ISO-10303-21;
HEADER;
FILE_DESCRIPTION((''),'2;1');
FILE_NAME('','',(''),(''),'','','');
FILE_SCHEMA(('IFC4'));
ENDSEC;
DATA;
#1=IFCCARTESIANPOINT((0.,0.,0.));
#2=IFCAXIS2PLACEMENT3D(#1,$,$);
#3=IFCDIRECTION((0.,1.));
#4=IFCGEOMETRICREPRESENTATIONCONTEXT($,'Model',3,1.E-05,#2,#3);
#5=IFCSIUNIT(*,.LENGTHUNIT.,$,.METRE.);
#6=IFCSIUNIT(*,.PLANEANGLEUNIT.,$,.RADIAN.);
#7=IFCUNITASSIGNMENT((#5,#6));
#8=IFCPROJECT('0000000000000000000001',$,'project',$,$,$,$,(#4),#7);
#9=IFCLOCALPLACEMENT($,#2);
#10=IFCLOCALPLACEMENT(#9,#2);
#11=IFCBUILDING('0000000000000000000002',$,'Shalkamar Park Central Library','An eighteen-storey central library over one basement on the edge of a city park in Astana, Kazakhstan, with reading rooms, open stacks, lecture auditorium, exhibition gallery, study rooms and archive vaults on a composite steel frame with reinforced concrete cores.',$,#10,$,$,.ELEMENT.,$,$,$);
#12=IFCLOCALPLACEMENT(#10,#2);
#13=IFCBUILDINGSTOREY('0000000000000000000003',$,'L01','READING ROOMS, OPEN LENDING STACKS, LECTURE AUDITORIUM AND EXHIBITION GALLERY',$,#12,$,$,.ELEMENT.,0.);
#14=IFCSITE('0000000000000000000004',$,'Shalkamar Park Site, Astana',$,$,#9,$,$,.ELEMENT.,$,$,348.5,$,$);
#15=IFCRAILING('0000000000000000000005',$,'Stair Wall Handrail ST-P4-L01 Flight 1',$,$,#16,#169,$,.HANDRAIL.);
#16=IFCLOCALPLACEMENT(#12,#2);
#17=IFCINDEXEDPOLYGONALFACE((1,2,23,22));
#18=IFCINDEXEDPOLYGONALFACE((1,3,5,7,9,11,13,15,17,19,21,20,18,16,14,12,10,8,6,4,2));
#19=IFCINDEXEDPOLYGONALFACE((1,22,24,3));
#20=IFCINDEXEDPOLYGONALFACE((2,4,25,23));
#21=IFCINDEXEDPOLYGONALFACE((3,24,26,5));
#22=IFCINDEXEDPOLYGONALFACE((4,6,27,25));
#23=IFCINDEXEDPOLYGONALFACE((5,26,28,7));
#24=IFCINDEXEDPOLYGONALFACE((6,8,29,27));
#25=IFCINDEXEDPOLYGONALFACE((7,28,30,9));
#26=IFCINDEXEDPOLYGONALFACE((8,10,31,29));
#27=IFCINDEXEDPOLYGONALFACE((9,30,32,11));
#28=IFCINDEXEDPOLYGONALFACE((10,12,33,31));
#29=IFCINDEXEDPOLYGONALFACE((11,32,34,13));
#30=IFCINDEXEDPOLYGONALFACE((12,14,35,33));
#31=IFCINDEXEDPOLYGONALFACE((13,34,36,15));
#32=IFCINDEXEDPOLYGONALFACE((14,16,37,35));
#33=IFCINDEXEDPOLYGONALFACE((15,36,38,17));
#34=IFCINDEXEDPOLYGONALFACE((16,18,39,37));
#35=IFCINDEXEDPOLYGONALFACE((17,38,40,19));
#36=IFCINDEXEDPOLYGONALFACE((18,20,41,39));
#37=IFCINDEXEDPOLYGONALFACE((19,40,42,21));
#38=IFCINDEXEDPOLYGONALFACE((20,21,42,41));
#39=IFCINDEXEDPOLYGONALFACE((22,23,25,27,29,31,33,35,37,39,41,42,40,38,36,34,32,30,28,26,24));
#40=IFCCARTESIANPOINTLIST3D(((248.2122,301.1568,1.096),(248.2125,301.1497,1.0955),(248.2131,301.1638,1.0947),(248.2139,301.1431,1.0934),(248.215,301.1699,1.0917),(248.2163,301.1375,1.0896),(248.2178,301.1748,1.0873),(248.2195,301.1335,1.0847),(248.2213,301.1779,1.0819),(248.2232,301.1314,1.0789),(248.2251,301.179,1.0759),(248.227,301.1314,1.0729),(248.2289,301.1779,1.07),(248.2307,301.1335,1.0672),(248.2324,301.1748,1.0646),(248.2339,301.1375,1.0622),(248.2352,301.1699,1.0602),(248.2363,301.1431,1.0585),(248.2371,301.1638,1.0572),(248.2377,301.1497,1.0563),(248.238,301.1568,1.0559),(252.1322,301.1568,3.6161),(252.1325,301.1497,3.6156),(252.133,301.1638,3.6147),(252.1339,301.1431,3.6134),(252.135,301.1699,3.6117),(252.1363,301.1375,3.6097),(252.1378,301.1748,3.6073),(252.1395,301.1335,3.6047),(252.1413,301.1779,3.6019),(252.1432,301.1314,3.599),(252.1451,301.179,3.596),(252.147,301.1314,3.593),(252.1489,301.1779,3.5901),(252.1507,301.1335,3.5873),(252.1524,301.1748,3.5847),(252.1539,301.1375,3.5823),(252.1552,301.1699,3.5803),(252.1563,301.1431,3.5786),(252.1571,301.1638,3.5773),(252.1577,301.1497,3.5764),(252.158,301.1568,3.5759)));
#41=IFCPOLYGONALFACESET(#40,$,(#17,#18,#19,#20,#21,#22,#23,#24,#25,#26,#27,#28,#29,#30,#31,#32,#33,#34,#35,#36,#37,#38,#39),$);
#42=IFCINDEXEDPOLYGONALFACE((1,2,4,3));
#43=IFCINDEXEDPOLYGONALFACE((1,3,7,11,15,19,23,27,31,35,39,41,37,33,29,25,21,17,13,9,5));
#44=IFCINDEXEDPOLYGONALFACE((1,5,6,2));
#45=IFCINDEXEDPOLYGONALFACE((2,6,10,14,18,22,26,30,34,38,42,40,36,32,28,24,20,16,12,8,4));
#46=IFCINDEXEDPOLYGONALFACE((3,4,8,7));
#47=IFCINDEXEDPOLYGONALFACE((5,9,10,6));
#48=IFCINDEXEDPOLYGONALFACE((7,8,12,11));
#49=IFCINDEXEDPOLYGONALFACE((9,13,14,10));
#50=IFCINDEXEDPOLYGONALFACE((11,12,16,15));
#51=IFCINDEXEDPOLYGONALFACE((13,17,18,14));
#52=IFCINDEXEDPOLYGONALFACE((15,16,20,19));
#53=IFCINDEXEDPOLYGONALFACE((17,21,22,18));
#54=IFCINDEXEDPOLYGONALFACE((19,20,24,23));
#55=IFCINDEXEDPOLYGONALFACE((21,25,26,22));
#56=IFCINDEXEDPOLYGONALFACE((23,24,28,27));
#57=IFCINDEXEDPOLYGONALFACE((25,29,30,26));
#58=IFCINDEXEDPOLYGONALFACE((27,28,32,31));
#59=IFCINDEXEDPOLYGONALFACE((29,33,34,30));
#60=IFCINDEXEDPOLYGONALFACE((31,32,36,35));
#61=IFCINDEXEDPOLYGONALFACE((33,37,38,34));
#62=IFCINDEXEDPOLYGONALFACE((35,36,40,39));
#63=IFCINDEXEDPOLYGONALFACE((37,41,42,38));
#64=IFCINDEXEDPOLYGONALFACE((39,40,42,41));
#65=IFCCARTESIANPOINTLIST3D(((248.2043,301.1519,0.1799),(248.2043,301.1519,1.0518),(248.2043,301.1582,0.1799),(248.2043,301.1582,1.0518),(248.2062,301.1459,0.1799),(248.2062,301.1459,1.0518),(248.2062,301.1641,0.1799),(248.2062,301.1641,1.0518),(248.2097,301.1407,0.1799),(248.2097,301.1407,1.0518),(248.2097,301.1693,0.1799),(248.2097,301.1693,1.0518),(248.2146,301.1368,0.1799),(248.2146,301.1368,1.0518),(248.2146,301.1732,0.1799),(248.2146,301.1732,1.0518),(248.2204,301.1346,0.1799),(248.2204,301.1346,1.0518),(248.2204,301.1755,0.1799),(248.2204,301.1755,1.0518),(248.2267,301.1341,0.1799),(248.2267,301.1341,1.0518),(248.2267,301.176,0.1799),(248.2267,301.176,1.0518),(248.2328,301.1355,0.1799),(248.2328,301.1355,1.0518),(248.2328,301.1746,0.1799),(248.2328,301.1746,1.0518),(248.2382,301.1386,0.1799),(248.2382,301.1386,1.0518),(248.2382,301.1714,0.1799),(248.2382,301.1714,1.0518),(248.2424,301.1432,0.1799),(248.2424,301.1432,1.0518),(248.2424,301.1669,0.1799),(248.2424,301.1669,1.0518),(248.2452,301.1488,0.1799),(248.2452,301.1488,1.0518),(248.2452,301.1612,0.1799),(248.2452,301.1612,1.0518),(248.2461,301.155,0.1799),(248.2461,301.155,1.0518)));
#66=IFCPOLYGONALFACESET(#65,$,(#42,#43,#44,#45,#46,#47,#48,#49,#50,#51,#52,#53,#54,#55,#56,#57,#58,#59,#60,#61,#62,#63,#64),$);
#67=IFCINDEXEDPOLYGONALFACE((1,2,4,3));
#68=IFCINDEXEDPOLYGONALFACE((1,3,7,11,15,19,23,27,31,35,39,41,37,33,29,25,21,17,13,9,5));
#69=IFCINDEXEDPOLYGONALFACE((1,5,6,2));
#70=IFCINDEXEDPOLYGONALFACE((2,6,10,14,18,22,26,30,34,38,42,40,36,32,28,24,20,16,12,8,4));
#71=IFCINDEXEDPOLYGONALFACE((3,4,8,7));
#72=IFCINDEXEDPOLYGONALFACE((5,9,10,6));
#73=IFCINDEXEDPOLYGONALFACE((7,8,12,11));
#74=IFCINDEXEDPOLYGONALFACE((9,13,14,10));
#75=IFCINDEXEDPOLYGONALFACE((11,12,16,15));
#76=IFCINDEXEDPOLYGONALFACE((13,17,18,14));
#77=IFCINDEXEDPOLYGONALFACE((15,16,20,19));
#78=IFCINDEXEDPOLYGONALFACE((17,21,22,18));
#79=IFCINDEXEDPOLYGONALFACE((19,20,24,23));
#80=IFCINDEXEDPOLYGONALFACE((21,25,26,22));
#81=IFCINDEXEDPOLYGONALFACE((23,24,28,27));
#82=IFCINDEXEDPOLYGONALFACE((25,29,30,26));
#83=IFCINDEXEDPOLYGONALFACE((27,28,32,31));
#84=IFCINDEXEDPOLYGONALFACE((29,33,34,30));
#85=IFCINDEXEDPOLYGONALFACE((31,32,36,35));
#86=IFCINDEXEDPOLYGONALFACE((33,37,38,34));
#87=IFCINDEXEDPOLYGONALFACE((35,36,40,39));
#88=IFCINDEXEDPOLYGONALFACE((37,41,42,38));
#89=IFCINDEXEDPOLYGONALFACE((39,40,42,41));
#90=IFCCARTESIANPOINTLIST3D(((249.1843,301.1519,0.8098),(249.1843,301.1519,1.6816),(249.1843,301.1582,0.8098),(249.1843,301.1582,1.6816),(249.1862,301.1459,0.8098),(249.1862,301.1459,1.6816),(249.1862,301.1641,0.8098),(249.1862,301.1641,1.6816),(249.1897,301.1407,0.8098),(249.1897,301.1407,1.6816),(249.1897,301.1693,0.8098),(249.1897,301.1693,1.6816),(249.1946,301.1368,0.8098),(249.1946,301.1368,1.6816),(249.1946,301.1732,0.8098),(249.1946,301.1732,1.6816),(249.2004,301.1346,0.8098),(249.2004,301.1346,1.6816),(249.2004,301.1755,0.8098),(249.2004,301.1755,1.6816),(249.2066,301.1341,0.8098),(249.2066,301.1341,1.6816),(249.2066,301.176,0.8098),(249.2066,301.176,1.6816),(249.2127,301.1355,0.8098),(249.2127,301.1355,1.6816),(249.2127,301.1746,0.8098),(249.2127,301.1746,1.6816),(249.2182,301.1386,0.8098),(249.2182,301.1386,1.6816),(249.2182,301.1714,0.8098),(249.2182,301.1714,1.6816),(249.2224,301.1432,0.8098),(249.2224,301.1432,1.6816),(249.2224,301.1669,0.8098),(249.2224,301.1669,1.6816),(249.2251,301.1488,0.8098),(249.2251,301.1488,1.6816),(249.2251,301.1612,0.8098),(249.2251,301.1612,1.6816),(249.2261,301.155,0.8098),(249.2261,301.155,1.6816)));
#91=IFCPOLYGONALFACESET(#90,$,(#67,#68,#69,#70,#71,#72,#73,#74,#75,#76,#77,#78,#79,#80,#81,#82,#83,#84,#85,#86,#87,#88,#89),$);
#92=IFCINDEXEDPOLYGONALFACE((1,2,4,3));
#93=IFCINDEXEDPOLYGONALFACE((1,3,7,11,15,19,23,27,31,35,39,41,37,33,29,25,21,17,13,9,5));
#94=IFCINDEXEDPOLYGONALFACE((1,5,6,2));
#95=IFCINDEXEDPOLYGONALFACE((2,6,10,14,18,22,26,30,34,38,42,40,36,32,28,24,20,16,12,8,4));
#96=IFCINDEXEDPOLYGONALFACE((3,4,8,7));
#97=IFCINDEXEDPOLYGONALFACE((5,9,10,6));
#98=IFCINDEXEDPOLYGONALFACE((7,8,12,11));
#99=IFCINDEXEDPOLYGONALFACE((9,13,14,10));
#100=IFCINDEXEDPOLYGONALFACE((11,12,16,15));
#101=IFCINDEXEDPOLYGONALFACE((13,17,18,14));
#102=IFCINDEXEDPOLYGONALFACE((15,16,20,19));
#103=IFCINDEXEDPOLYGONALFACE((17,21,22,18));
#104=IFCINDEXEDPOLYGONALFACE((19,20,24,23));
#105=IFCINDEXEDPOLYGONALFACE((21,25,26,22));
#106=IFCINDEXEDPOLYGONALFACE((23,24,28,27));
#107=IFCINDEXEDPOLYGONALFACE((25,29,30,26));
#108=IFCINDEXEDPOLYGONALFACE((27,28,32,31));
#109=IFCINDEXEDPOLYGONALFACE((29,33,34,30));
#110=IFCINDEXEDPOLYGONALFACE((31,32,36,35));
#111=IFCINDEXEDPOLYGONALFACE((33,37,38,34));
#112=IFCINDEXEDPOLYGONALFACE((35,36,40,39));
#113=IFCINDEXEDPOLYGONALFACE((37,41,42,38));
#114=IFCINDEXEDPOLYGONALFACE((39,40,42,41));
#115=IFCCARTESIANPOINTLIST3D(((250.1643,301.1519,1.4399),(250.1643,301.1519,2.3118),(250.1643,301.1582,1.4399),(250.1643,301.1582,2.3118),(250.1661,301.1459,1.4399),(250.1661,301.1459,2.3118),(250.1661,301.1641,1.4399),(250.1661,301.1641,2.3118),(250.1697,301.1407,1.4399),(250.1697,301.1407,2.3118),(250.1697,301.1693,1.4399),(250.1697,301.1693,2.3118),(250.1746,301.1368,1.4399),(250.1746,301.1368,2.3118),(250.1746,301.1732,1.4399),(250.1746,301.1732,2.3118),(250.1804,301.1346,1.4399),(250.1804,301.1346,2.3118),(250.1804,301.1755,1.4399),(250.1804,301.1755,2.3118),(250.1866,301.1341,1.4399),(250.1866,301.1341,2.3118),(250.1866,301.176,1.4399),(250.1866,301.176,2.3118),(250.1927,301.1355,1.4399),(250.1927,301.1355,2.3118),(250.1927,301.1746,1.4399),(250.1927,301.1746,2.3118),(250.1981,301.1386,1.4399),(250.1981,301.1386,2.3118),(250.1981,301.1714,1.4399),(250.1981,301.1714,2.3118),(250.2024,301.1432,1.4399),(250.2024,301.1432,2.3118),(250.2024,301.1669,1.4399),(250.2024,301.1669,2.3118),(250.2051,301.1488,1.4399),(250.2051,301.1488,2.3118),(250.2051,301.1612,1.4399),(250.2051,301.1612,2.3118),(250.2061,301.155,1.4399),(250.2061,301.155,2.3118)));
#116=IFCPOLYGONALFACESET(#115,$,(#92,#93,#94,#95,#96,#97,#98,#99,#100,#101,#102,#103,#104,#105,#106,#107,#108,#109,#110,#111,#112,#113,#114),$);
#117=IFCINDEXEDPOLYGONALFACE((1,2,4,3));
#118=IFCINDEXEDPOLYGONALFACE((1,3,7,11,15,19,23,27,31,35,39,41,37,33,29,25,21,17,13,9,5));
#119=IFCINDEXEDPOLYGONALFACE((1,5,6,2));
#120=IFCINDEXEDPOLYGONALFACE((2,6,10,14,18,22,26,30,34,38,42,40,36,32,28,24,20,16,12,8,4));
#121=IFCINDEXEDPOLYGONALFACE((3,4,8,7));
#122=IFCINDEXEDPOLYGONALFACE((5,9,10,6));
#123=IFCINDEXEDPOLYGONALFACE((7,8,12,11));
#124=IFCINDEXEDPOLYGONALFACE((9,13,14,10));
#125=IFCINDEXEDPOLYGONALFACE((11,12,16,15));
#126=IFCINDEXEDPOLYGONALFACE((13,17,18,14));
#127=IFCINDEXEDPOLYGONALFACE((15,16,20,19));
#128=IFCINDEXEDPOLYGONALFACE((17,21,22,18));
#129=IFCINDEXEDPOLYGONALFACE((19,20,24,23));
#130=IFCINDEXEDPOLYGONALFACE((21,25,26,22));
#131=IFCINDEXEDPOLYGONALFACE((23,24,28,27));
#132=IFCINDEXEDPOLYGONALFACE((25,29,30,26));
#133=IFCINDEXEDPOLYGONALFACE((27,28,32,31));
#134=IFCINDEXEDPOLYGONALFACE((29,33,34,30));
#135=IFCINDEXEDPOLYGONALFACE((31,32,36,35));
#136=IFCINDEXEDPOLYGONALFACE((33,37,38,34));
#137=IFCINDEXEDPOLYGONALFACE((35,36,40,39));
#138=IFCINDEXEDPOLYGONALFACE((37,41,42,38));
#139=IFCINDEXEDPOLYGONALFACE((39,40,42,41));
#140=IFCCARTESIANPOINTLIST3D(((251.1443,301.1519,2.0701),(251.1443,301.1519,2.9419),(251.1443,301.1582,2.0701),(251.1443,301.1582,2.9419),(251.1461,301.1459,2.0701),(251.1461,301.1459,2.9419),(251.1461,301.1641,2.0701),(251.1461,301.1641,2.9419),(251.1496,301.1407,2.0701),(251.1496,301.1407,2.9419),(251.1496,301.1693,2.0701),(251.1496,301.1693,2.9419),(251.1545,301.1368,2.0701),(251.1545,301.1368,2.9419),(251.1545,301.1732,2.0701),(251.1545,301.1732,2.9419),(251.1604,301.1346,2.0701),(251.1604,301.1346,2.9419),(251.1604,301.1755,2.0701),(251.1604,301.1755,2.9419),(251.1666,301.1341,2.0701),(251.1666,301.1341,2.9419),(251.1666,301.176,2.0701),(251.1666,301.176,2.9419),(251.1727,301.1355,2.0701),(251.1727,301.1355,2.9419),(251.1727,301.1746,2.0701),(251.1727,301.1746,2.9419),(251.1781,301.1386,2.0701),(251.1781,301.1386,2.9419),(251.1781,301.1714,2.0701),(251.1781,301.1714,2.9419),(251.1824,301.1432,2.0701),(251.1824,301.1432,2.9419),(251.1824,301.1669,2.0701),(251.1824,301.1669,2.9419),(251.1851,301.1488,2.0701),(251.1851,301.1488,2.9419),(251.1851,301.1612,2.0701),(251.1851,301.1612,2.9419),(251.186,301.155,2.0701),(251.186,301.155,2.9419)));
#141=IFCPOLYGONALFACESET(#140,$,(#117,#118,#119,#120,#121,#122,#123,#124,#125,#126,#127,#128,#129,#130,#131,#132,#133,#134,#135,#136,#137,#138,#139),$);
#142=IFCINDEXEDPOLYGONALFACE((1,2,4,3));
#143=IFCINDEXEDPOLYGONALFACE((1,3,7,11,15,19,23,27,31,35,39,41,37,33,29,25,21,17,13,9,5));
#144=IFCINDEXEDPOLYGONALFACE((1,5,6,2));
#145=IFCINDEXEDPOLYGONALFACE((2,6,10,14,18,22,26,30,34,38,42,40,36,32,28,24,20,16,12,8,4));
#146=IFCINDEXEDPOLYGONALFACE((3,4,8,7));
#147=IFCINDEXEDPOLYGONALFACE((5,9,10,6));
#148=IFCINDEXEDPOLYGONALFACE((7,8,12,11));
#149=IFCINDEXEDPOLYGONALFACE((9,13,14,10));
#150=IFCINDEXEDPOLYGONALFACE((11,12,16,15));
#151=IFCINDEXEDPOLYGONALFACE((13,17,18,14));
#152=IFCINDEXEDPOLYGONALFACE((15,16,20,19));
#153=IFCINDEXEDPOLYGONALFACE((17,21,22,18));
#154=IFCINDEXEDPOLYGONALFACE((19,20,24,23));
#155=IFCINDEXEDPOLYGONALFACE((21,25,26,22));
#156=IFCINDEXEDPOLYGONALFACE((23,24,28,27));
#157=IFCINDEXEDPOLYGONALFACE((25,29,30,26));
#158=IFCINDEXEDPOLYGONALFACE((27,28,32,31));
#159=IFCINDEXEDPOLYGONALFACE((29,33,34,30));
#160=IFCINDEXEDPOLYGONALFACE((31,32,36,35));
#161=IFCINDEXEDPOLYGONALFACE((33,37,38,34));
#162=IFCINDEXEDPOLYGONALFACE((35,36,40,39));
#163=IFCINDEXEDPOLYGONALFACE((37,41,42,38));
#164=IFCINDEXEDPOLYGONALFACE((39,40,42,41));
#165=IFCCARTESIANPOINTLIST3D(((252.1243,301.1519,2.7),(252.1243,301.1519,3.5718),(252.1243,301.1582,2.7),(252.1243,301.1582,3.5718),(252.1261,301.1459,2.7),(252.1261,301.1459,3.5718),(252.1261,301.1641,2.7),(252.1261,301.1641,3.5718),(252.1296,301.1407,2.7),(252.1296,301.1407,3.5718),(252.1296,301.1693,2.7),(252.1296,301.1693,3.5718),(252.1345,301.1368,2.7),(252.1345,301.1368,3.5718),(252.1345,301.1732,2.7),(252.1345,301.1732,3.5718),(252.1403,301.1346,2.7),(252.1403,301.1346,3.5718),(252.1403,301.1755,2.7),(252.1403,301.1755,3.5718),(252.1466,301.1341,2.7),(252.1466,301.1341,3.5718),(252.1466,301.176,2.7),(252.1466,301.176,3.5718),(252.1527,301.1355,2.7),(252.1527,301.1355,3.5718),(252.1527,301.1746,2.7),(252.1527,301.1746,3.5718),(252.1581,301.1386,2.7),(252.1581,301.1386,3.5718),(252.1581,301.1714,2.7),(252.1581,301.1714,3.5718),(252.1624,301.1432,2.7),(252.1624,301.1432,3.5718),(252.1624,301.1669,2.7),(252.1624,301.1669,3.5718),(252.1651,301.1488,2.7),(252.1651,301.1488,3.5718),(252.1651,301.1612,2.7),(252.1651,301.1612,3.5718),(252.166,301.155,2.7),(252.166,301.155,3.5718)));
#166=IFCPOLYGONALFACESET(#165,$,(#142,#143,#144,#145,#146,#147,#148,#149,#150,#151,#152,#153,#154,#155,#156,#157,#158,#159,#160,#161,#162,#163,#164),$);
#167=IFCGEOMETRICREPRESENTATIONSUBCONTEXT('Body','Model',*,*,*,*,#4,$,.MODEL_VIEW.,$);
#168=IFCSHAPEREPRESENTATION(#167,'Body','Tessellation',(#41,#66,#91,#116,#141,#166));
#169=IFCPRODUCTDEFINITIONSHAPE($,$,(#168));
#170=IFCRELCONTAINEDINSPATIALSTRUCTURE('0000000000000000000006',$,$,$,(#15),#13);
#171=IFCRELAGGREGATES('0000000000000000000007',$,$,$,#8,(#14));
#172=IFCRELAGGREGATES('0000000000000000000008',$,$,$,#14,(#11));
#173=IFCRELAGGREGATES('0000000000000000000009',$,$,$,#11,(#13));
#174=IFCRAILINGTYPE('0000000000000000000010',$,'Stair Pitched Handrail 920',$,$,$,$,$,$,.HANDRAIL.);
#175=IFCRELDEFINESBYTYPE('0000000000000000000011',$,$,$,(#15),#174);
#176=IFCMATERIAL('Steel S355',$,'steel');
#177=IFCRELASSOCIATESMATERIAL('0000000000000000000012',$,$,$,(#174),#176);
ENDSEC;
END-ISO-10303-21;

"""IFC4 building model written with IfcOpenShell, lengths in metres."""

from ifc_helpers import new_model, si_unit, direction, frame, origin, origin_2d, place, context, subcontext, project, spatial, circle, extrude, material, type_object, element, save


model = new_model("IFC4")

# Units and contexts
model_context = context("Model", 3, precision=1e-05, world=origin(), true_north=direction((0.0, 1.0)))
body_context = subcontext(model_context, "Body", "Model", "MODEL_VIEW")
ifc_project = project(units=[si_unit("LENGTHUNIT", "METRE"), si_unit("PLANEANGLEUNIT", "RADIAN")], contexts=[model_context])

# Site, building, storey
site_placement = place(None, origin())
site = spatial("IfcSite", under=ifc_project, at=site_placement, Name="Shalkamar Park Site, Astana", CompositionType="ELEMENT", RefElevation=348.5)
building_placement = place(site_placement, origin())
building = spatial("IfcBuilding", under=site, at=building_placement, Name="Shalkamar Park Central Library", Description="An eighteen-storey central library over one basement on the edge of a city park in Astana, Kazakhstan, with reading rooms, open stacks, lecture auditorium, exhibition gallery, study rooms and archive vaults on a composite steel frame with reinforced concrete cores.", CompositionType="ELEMENT")
storey_placement = place(building_placement, origin())
storey = spatial("IfcBuildingStorey", under=building, at=storey_placement, Name="L01", Description="READING ROOMS, OPEN LENDING STACKS, LECTURE AUDITORIUM AND EXHIBITION GALLERY", CompositionType="ELEMENT", Elevation=0.0)

# Shared definitions
ifc_material_1 = material(Name="Steel S355", Category="steel")

# Railing
railing_type_1 = type_object("IfcRailingType", Name="Stair Pitched Handrail 920", PredefinedType="HANDRAIL", material=ifc_material_1)
railing_1_placement = place(storey_placement, frame((248.2251, 301.155, 0.1799)))
element("IfcRailing", 1, at=railing_1_placement, inside=storey, type_object=railing_type_1, Name="Stair Wall Handrail ST-P4-L01 Flight 1", PredefinedType="HANDRAIL", context=body_context, shape_type="SweptSolid", body=[
    extrude(circle(Radius=0.0239, at=origin_2d()), frame((0.0, 0.0, 0.896), z_axis=(0.841172, 0.0, 0.540768), x_axis=(0.0, 1.0, 0.0)), (0.0, 0.0, 1.0), 4.6602),
    extrude(circle(Radius=0.021, at=origin_2d()), origin(), (0.0, 0.0, 1.0), 0.8718),
    extrude(circle(Radius=0.021, at=origin_2d()), frame((0.98, 0.0, 0.6299)), (0.0, 0.0, 1.0), 0.8718),
    extrude(circle(Radius=0.021, at=origin_2d()), frame((1.96, 0.0, 1.26)), (0.0, 0.0, 1.0), 0.8718),
    extrude(circle(Radius=0.021, at=origin_2d()), frame((2.9399, 0.0, 1.8901)), (0.0, 0.0, 1.0), 0.8718),
    extrude(circle(Radius=0.021, at=origin_2d()), frame((3.9199, 0.0, 2.52)), (0.0, 0.0, 1.0), 0.8718),
])

save(model, "model.ifc")
